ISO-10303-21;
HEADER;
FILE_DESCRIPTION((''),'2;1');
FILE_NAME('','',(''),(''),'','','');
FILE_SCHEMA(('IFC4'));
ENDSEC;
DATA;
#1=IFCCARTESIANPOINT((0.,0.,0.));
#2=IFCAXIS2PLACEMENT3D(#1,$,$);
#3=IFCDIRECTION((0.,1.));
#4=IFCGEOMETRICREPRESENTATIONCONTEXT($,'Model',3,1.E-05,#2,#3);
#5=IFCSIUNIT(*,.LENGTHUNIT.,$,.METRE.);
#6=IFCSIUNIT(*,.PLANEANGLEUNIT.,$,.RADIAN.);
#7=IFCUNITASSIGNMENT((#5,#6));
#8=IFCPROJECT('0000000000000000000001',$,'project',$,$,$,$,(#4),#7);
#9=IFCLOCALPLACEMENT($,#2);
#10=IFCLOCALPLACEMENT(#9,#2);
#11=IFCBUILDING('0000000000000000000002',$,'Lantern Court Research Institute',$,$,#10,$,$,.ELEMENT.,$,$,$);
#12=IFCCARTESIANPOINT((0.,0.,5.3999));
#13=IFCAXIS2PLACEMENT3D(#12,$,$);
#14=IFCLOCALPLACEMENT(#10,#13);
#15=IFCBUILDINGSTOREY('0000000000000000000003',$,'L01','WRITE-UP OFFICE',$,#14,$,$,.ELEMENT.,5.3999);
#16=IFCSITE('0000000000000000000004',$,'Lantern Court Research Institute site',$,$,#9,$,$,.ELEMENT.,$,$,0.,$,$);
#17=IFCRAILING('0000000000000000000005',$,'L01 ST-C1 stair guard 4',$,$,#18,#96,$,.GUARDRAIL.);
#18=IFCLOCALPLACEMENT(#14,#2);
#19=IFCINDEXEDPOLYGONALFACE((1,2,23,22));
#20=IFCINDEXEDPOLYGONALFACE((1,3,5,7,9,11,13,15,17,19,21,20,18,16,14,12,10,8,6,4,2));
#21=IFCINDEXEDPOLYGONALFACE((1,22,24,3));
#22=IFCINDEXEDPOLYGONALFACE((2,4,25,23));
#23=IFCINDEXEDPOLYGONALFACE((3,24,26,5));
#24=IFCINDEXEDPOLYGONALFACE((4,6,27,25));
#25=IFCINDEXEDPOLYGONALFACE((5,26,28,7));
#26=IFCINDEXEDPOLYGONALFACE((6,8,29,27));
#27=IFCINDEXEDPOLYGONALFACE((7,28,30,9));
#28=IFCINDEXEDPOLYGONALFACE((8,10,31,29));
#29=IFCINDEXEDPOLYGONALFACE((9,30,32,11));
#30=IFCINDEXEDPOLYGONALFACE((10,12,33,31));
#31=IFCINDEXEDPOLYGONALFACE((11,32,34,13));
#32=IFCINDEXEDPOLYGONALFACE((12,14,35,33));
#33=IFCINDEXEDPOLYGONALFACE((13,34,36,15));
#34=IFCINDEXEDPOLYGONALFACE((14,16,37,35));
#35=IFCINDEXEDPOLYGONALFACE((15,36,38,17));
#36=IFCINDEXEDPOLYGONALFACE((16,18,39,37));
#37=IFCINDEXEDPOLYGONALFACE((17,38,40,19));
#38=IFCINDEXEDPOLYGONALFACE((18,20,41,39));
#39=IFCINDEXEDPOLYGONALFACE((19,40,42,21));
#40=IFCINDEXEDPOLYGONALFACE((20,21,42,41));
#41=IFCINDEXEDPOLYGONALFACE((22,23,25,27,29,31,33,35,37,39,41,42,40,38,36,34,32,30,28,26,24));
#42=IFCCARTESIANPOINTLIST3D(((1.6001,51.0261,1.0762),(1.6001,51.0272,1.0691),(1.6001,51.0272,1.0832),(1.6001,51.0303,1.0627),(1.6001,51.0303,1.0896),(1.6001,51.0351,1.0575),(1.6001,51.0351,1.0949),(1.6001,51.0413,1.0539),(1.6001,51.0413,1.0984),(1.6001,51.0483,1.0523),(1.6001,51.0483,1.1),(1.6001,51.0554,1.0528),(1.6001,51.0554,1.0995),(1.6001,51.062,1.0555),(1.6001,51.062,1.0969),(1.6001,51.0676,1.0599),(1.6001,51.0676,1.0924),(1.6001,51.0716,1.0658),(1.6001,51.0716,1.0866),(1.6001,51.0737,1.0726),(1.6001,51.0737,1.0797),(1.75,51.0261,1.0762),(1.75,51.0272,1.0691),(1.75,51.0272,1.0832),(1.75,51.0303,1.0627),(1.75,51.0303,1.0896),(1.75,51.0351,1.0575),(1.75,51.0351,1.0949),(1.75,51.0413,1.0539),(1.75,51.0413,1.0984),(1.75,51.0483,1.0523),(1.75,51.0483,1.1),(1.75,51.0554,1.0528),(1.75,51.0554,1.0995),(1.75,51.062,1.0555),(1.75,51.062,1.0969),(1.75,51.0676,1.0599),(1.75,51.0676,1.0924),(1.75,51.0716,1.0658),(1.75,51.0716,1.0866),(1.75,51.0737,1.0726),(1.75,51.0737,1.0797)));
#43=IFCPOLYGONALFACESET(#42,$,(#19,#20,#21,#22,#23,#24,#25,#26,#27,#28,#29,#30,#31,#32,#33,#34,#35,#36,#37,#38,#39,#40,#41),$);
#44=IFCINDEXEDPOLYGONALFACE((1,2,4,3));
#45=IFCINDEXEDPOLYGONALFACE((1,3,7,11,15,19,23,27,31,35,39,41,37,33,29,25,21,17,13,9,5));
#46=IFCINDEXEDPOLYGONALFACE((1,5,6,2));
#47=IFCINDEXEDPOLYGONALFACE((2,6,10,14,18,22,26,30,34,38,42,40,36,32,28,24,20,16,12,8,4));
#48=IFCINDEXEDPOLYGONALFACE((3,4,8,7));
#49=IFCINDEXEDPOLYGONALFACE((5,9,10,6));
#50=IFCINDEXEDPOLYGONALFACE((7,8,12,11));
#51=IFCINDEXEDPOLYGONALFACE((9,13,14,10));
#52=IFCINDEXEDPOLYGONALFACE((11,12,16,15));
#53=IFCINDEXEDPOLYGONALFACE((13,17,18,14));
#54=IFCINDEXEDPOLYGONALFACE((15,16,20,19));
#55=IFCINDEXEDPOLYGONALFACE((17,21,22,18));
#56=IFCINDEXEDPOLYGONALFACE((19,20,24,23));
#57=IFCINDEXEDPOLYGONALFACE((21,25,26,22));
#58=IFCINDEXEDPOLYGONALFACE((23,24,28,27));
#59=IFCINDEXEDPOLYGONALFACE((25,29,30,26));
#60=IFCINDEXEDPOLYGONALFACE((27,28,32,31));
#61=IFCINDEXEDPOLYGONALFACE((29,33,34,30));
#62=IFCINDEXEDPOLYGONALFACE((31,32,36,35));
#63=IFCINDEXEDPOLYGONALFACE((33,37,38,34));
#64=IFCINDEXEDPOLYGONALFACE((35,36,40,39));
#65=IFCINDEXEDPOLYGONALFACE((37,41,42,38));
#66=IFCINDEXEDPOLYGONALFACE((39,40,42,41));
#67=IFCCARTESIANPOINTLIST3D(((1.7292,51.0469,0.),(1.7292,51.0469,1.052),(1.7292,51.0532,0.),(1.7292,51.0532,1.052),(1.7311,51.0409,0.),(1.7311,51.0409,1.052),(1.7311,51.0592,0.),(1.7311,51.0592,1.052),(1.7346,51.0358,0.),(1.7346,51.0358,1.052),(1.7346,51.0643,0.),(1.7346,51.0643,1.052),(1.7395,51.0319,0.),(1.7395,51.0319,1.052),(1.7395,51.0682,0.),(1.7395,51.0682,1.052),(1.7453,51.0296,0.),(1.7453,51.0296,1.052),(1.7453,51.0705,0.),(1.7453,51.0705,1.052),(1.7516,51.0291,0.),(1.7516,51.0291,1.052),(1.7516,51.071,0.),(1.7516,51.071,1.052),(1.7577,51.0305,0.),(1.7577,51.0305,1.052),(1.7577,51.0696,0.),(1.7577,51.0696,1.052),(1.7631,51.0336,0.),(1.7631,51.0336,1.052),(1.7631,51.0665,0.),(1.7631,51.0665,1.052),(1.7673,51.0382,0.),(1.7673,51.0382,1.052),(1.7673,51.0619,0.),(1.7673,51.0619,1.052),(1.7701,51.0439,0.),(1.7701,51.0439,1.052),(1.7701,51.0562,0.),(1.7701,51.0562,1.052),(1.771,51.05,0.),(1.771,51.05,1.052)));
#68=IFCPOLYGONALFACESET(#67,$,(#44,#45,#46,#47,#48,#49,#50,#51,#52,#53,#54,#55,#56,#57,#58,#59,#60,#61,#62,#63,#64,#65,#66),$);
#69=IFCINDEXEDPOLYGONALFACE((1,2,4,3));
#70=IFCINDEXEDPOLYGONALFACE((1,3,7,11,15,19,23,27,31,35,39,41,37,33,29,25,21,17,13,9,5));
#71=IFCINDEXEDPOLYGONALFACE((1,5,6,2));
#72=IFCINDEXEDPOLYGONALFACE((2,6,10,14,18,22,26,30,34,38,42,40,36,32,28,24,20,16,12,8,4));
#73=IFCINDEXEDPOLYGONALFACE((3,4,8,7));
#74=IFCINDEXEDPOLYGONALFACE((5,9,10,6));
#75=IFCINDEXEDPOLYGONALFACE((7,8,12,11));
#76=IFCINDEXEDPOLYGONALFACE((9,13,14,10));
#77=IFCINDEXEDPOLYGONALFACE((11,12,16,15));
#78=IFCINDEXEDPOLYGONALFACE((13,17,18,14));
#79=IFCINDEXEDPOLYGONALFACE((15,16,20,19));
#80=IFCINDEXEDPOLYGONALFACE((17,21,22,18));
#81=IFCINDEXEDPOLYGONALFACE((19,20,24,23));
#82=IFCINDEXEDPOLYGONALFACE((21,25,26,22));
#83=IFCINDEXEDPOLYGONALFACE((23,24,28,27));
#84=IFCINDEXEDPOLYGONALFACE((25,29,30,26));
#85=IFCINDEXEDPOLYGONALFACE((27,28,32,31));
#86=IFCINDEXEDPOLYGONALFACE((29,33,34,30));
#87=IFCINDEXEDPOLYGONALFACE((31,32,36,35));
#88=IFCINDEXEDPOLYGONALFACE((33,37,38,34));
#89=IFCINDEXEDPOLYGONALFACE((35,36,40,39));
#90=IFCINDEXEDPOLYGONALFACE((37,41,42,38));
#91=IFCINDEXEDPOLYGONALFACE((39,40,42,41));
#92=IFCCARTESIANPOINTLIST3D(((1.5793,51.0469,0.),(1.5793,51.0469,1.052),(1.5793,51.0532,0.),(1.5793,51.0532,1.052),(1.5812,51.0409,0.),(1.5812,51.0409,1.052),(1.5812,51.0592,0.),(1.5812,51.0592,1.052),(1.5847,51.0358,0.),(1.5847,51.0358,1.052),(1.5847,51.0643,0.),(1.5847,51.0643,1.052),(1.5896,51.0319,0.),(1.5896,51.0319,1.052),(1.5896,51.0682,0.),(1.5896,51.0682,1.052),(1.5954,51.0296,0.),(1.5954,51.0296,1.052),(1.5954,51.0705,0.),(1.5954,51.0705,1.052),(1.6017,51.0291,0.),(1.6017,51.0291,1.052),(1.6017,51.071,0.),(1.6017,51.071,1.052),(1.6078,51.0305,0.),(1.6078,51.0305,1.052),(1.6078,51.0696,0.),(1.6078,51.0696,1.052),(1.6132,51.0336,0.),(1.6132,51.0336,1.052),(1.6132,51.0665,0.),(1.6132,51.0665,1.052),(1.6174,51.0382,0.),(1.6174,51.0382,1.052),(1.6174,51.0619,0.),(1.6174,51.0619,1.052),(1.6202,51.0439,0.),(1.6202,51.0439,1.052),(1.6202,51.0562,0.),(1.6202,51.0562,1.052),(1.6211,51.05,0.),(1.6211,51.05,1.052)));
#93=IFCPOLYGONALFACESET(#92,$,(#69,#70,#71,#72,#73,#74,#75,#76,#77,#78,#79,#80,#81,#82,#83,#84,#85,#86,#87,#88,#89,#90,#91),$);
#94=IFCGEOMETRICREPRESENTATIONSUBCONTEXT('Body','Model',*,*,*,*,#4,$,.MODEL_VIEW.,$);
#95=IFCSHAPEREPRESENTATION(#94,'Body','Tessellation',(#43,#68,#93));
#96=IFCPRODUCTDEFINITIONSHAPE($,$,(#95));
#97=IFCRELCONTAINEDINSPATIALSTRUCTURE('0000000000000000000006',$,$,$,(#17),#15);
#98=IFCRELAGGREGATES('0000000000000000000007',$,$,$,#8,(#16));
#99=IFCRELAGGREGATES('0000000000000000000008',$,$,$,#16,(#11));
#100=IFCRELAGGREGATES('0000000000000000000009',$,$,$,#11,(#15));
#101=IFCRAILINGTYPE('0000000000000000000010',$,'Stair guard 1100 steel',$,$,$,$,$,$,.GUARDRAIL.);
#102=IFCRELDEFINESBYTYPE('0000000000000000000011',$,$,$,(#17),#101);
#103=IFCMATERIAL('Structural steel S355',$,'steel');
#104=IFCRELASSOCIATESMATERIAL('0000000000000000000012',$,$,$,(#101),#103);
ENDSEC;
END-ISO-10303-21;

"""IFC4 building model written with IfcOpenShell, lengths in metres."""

from ifc_helpers import new_model, si_unit, direction, frame, origin, origin_2d, place, context, subcontext, project, spatial, circle, extrude, material, type_object, element, save


model = new_model("IFC4")

# Units and contexts
model_context = context("Model", 3, precision=1e-05, world=origin(), true_north=direction((0.0, 1.0)))
body_context = subcontext(model_context, "Body", "Model", "MODEL_VIEW")
ifc_project = project(units=[si_unit("LENGTHUNIT", "METRE"), si_unit("PLANEANGLEUNIT", "RADIAN")], contexts=[model_context])

# Site, building, storey
site_placement = place(None, origin())
site = spatial("IfcSite", under=ifc_project, at=site_placement, Name="Lantern Court Research Institute site", CompositionType="ELEMENT", RefElevation=0.0)
building_placement = place(site_placement, origin())
building = spatial("IfcBuilding", under=site, at=building_placement, Name="Lantern Court Research Institute", CompositionType="ELEMENT")
storey_placement = place(building_placement, frame((0.0, 0.0, 5.3999)))
storey = spatial("IfcBuildingStorey", under=building, at=storey_placement, Name="L01", Description="WRITE-UP OFFICE", CompositionType="ELEMENT", Elevation=5.3999)

# Railing
ifc_material_1 = material(Name="Structural steel S355", Category="steel")
railing_type_1 = type_object("IfcRailingType", Name="Stair guard 1100 steel", PredefinedType="GUARDRAIL", material=ifc_material_1)
railing_1_placement = place(storey_placement, frame((1.75, 51.05, 0.0)))
element("IfcRailing", 1, at=railing_1_placement, inside=storey, type_object=railing_type_1, Name="L01 ST-C1 stair guard 4", PredefinedType="GUARDRAIL", context=body_context, shape_type="SweptSolid", body=[
    extrude(circle(Radius=0.0239, at=origin_2d()), frame((0.0, 0.0, 1.0762), z_axis=(-1.0, 0.0, 0.0), x_axis=(0.0, -1.0, 0.0)), (0.0, 0.0, 1.0), 0.1499),
    extrude(circle(Radius=0.021, at=origin_2d()), origin(), (0.0, 0.0, 1.0), 1.052),
    extrude(circle(Radius=0.021, at=origin_2d()), frame((-0.1499, 0.0, 0.0)), (0.0, 0.0, 1.0), 1.052),
])

save(model, "model.ifc")
